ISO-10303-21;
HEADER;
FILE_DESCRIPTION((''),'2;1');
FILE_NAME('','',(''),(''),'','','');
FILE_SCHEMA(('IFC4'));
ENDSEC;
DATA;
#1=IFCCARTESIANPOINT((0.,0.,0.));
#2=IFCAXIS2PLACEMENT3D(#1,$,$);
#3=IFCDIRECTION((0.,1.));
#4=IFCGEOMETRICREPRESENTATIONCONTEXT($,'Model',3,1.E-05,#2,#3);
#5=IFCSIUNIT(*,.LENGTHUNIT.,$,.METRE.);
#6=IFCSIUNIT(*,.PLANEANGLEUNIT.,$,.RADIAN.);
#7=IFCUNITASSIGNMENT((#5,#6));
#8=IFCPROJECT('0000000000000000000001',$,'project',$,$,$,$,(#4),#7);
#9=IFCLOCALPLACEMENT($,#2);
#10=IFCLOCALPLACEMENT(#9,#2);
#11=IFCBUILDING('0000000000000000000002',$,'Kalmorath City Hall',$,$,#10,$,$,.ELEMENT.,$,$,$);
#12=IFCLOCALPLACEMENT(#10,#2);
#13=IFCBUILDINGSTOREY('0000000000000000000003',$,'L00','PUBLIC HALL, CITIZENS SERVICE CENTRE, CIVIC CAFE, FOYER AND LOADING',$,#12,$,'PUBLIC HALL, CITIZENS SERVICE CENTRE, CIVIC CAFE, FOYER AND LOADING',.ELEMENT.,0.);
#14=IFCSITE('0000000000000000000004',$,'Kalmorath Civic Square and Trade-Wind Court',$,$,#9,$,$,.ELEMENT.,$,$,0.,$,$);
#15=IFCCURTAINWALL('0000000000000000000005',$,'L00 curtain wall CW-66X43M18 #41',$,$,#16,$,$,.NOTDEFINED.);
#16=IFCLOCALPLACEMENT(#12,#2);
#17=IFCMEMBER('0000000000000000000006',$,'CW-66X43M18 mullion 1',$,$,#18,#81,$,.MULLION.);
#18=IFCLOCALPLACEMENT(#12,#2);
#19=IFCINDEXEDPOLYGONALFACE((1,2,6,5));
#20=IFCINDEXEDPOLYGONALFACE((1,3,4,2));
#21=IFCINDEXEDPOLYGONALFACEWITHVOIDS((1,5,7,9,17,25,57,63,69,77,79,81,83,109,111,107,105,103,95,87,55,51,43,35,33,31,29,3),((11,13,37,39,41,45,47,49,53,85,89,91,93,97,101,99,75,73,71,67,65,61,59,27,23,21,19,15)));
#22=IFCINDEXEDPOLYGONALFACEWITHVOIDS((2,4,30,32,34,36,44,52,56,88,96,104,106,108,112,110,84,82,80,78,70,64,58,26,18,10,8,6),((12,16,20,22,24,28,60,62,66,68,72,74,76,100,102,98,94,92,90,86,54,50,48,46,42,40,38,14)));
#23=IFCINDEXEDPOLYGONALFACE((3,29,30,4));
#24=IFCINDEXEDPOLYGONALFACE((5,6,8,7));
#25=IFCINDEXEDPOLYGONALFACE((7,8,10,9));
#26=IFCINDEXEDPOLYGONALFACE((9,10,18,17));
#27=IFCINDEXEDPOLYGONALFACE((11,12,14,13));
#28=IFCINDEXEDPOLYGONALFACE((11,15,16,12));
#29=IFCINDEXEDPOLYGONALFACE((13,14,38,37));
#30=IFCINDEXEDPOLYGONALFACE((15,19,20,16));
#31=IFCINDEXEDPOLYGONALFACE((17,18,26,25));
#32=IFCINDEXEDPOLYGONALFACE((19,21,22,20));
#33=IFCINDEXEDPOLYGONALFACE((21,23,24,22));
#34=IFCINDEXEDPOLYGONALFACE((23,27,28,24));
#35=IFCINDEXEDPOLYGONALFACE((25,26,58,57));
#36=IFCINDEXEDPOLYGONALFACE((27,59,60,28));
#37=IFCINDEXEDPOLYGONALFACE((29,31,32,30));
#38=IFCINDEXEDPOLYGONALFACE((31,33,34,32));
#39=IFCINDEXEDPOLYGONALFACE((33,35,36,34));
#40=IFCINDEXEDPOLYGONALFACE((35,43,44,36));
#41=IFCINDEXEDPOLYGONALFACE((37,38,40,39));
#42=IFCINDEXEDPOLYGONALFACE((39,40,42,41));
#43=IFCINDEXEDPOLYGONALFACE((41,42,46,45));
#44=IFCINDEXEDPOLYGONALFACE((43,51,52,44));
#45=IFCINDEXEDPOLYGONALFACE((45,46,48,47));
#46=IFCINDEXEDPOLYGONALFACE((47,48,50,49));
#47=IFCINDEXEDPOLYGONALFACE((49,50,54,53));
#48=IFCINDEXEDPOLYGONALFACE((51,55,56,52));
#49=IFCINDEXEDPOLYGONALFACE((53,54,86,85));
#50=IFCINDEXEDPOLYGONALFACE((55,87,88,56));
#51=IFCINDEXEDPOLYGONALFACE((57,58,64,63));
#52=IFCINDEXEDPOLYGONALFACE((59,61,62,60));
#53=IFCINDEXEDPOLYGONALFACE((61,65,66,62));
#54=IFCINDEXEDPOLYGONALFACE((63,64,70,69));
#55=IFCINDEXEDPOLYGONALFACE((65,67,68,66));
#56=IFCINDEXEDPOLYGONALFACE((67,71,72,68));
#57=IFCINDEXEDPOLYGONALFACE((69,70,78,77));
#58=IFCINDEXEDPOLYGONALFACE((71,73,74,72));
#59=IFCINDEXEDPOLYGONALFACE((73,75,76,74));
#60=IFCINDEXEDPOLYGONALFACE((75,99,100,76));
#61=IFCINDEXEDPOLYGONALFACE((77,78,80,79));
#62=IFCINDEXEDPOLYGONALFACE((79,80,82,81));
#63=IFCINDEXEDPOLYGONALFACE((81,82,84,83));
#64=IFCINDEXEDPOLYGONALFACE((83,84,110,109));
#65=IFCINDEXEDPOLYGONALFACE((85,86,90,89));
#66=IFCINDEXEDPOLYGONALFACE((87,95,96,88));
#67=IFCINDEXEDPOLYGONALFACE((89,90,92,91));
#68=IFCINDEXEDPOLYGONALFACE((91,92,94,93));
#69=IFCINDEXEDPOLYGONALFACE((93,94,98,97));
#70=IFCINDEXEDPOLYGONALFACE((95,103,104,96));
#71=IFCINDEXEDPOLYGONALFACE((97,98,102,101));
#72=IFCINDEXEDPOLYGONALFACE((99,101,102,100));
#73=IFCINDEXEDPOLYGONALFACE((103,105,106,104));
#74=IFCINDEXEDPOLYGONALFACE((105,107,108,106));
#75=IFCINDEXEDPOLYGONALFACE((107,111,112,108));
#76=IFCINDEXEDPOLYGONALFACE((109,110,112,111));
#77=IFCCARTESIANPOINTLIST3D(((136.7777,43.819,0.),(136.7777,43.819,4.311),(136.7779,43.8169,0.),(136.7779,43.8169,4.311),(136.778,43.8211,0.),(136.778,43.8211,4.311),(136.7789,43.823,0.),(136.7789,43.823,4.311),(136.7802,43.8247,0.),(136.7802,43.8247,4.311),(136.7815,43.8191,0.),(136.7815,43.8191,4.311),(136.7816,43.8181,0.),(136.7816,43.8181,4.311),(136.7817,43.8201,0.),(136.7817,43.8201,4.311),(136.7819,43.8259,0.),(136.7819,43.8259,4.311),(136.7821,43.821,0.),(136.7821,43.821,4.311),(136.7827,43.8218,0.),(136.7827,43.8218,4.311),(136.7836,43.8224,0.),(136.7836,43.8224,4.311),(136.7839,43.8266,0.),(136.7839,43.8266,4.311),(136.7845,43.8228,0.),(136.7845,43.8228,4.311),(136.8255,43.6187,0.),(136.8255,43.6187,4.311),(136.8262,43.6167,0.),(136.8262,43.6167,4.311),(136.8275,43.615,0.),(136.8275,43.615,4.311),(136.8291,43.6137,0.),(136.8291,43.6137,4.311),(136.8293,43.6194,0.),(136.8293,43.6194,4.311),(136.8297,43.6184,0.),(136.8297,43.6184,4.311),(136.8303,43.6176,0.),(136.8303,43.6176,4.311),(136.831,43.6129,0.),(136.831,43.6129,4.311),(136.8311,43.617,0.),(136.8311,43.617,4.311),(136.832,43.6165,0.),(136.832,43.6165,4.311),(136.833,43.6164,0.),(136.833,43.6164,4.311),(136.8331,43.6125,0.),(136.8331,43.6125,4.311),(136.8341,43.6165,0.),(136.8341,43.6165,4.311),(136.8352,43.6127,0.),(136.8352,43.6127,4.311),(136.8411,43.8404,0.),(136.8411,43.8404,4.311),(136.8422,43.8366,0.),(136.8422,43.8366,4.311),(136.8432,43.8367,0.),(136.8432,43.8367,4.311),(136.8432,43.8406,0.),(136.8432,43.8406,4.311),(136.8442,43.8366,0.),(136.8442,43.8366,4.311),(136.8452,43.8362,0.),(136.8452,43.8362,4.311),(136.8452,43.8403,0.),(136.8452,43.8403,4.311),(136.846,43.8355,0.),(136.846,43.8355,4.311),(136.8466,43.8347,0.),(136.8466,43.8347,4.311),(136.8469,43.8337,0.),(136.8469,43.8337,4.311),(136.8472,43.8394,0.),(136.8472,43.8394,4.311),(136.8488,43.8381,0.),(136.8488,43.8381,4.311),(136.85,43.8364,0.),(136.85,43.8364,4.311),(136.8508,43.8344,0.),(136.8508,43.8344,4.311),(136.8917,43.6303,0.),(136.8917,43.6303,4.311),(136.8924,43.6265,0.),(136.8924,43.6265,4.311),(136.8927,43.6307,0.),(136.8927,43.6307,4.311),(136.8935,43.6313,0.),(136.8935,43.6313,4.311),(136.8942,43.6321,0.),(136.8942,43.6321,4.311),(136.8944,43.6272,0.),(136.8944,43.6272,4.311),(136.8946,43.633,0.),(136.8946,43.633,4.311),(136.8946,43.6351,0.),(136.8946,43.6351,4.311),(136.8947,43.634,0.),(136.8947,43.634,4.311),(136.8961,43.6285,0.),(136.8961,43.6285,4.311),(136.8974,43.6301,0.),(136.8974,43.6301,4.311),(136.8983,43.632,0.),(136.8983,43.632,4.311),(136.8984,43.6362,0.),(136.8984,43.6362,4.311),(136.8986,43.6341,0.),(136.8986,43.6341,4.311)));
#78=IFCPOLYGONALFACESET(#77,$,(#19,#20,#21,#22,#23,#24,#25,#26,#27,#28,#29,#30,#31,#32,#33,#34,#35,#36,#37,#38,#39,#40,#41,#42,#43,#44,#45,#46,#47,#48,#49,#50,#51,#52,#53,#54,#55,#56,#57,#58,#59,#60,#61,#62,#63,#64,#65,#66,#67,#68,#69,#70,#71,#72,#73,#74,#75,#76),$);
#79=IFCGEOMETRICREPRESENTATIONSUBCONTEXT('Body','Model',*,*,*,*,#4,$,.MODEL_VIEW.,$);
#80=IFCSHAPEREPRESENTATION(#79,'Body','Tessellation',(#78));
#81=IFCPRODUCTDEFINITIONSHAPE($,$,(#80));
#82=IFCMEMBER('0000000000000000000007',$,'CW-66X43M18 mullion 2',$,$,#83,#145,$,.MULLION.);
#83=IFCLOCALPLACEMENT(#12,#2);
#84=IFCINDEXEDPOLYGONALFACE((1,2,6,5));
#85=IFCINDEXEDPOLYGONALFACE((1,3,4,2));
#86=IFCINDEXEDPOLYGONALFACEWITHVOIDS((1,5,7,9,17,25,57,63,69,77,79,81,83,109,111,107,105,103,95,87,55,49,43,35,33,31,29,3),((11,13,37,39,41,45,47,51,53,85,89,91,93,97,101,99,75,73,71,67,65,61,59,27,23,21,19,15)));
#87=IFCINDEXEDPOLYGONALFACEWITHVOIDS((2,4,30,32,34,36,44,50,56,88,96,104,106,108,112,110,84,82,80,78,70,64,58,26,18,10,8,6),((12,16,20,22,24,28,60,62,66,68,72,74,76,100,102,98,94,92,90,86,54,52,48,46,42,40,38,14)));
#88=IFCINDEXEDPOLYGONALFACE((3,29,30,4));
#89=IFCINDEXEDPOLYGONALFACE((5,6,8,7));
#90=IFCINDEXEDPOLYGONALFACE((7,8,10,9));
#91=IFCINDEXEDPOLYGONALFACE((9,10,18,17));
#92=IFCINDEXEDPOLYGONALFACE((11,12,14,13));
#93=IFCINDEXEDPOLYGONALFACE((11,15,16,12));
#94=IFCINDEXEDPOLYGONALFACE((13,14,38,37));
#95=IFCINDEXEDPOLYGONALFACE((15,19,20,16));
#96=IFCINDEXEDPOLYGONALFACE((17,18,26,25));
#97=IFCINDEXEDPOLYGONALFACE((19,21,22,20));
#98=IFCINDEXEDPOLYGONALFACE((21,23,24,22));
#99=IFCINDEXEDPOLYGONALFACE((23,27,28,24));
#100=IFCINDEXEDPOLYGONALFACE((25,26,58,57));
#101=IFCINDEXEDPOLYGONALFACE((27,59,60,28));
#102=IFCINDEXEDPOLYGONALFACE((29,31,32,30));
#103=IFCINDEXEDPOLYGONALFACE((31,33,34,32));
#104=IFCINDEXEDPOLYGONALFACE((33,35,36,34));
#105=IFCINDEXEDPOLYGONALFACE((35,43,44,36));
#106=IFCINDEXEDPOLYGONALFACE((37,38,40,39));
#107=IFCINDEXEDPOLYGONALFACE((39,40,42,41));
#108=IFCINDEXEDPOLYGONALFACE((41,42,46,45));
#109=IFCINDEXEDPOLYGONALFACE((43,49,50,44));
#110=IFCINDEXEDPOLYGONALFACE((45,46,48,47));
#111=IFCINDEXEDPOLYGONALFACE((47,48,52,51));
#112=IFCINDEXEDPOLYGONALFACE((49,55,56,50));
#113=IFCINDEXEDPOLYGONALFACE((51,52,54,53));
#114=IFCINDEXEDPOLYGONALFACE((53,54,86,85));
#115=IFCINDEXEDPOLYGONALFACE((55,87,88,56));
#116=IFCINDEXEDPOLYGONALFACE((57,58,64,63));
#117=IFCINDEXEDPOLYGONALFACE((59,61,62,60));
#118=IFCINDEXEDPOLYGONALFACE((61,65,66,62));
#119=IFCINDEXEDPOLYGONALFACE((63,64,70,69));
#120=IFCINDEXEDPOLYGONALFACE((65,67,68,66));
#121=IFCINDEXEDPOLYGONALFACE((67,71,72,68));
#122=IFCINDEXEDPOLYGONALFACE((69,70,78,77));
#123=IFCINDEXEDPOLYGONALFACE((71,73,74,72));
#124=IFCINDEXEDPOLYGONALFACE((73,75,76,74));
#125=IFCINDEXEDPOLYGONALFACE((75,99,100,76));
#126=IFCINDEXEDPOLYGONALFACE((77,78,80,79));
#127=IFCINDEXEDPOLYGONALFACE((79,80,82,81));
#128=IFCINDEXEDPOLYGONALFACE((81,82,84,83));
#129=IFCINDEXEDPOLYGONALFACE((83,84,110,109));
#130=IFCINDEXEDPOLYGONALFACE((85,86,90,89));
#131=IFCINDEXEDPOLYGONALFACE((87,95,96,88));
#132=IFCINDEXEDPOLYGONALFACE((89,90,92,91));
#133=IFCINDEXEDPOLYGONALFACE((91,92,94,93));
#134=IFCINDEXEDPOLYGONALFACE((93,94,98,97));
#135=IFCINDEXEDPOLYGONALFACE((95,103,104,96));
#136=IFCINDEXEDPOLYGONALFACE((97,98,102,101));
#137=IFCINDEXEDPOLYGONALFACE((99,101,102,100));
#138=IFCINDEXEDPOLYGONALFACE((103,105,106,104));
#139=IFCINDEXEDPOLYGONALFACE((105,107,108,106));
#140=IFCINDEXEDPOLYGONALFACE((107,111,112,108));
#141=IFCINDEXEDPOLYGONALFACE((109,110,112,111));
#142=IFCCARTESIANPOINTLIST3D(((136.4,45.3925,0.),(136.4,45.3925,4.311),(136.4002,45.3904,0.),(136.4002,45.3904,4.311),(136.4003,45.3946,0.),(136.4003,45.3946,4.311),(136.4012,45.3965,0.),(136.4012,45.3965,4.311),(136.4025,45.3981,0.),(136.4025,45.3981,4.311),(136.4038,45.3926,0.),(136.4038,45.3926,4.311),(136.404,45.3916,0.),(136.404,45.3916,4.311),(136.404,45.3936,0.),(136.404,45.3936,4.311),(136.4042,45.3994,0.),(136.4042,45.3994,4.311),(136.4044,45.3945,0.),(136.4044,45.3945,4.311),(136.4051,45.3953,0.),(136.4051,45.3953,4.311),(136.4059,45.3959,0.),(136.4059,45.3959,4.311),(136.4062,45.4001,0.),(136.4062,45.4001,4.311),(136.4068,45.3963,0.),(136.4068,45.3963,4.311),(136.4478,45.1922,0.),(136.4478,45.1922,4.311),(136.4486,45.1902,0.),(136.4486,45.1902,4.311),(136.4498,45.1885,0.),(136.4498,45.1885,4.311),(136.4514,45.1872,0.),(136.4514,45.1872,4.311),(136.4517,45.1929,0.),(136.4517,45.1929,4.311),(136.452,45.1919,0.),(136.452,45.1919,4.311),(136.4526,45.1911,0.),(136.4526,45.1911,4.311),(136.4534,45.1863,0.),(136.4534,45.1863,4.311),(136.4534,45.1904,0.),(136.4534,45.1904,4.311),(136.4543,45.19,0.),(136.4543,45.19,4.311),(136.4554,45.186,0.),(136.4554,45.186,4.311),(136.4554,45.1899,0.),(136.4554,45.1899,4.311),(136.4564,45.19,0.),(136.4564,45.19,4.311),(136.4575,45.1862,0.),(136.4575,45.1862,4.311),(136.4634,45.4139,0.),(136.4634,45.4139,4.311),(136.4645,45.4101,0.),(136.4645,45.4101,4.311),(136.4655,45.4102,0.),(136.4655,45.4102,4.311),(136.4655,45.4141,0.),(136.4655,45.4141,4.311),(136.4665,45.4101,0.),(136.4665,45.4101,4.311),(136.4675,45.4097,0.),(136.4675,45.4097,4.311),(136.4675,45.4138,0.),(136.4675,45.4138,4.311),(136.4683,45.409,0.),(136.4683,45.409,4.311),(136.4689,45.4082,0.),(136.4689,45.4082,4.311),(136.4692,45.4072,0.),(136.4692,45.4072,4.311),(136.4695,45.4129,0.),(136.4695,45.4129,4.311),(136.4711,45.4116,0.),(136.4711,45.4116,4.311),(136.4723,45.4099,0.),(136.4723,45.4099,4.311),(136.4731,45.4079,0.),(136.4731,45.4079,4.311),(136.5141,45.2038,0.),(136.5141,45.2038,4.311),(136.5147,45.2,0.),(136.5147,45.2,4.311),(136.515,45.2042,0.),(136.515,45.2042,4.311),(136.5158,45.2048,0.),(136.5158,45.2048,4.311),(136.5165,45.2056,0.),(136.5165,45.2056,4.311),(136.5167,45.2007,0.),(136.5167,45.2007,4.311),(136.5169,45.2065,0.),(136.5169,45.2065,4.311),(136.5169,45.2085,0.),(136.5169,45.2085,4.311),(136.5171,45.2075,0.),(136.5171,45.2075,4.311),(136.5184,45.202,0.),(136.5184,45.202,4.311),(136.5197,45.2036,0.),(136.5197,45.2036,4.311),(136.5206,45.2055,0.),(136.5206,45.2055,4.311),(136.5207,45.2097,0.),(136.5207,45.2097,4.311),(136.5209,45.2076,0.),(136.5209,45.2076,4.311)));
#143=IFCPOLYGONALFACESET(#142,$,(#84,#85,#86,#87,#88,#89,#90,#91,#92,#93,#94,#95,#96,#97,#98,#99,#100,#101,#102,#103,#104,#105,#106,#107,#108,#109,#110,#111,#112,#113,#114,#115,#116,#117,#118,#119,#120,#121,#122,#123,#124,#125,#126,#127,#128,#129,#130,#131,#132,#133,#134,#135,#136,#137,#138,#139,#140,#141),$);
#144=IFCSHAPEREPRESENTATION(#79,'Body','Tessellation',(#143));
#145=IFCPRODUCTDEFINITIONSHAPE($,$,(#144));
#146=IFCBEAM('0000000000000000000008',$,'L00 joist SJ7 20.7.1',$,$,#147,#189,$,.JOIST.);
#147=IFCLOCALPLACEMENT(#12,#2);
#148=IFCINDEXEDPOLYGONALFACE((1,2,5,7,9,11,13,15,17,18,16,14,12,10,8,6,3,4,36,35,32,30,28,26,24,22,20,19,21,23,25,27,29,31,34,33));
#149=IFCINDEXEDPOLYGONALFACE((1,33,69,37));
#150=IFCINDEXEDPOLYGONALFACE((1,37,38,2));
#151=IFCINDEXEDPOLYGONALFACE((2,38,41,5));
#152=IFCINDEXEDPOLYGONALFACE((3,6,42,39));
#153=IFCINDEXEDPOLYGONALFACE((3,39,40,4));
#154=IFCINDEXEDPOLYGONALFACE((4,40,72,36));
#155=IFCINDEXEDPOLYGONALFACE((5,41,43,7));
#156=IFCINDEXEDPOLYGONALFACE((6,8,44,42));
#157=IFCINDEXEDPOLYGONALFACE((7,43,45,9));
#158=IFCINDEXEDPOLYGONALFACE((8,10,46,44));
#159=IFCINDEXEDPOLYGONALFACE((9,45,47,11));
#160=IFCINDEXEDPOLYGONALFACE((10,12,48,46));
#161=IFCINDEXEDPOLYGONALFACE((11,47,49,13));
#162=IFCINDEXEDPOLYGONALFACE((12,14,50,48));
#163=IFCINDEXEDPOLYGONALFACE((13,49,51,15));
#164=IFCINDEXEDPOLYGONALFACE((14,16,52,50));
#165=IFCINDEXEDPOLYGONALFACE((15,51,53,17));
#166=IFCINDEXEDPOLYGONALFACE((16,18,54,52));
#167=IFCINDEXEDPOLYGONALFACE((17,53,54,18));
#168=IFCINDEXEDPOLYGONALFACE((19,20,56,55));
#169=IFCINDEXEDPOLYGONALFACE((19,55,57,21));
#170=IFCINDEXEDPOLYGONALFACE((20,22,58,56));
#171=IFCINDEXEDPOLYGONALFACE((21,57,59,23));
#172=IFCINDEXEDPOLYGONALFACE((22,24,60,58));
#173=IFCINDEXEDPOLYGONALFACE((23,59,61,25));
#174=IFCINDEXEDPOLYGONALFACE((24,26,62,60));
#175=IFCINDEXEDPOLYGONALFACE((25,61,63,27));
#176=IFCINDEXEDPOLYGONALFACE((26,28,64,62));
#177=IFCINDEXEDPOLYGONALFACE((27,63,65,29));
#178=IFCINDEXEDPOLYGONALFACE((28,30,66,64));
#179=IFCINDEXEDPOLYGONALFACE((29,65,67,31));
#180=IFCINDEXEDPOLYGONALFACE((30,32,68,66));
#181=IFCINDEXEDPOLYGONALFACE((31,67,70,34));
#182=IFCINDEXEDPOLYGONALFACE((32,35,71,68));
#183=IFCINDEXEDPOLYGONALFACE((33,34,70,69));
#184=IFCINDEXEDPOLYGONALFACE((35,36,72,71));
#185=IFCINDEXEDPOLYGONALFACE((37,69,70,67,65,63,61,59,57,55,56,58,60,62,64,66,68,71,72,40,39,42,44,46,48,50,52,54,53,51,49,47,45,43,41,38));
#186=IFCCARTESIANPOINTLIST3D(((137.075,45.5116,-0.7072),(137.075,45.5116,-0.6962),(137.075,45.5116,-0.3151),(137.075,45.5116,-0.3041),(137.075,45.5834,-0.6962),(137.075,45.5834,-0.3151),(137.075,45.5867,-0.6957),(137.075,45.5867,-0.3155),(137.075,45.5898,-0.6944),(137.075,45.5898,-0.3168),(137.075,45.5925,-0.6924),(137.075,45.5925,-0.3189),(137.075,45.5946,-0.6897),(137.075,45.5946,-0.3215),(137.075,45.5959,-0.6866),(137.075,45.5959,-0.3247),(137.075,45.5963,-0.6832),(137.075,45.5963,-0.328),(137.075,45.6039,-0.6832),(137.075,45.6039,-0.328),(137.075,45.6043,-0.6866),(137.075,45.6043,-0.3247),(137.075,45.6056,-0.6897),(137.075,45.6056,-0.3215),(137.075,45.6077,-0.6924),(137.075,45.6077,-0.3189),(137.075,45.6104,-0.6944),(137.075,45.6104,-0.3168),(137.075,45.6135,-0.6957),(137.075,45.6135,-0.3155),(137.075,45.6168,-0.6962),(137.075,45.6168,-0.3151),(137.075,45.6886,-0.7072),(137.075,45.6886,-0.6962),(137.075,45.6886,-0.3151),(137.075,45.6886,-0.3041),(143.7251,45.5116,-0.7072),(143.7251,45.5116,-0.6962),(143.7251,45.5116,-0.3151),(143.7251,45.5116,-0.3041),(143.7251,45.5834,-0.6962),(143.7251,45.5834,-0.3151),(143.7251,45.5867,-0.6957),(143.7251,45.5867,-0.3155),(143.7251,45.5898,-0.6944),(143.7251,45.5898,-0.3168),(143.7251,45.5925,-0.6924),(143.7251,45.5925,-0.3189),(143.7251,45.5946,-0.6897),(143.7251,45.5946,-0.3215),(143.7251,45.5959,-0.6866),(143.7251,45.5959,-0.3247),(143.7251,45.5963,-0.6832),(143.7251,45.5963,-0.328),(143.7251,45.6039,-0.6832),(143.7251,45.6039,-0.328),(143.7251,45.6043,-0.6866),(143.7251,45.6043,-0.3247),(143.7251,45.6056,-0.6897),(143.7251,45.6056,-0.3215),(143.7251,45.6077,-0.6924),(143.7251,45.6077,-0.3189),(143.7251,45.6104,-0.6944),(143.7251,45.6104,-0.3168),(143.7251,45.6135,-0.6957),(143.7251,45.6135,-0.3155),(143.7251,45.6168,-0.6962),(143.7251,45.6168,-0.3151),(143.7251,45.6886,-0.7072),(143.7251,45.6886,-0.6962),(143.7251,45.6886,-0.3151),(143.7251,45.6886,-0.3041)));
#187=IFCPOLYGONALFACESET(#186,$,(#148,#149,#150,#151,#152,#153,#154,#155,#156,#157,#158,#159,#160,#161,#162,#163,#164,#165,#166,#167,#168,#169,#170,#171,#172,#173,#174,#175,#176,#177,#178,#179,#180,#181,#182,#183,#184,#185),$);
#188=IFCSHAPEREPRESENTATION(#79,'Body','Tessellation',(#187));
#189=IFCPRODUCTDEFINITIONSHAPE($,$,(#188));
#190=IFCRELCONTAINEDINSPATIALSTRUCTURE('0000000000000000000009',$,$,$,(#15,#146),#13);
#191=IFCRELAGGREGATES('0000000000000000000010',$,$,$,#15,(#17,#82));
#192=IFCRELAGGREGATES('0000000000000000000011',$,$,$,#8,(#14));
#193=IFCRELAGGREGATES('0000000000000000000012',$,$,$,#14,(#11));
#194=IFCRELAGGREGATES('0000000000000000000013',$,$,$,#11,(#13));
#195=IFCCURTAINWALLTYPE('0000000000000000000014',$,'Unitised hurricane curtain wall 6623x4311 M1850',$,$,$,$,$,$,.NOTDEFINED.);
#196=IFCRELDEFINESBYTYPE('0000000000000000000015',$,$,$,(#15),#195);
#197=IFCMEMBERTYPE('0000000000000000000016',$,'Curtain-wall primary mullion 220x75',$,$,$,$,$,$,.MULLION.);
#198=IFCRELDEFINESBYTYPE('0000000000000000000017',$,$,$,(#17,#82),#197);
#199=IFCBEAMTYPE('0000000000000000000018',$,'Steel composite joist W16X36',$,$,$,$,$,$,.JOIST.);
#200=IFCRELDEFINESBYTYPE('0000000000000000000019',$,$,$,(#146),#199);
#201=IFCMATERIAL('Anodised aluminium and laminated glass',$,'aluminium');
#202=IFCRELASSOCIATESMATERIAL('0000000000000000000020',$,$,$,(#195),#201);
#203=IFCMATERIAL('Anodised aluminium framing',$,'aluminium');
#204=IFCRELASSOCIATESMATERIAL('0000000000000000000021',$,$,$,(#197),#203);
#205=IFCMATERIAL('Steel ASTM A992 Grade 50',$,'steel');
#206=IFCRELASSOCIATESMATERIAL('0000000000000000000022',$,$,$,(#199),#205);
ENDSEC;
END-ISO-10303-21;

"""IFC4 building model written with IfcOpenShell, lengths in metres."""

from ifc_helpers import new_model, si_unit, direction, frame, origin, origin_2d, place, context, subcontext, project, spatial, hollow_rectangle, i_section, extrude, material, material_profile, profile_set, type_object, element, aggregate, save


model = new_model("IFC4")

# Units and contexts
model_context = context("Model", 3, precision=1e-05, world=origin(), true_north=direction((0.0, 1.0)))
body_context = subcontext(model_context, "Body", "Model", "MODEL_VIEW")
ifc_project = project(units=[si_unit("LENGTHUNIT", "METRE"), si_unit("PLANEANGLEUNIT", "RADIAN")], contexts=[model_context])

# Site, building, storey
site_placement = place(None, origin())
site = spatial("IfcSite", under=ifc_project, at=site_placement, Name="Kalmorath Civic Square and Trade-Wind Court", CompositionType="ELEMENT", RefElevation=0.0)
building_placement = place(site_placement, origin())
building = spatial("IfcBuilding", under=site, at=building_placement, Name="Kalmorath City Hall", CompositionType="ELEMENT")
storey_placement = place(building_placement, origin())
storey = spatial("IfcBuildingStorey", under=building, at=storey_placement, Name="L00", Description="PUBLIC HALL, CITIZENS SERVICE CENTRE, CIVIC CAFE, FOYER AND LOADING", LongName="PUBLIC HALL, CITIZENS SERVICE CENTRE, CIVIC CAFE, FOYER AND LOADING", CompositionType="ELEMENT", Elevation=0.0)

# Curtain wall
ifc_material_1 = material(Name="Anodised aluminium and laminated glass", Category="aluminium")
curtain_wall_type_1 = type_object("IfcCurtainWallType", Name="Unitised hurricane curtain wall 6623x4311 M1850", PredefinedType="NOTDEFINED", material=ifc_material_1)
curtain_wall_1_placement = place(storey_placement, origin())
curtain_wall_1 = element("IfcCurtainWall", 1, at=curtain_wall_1_placement, inside=storey, type_object=curtain_wall_type_1, Name="L00 curtain wall CW-66X43M18 #41", PredefinedType="NOTDEFINED")

# Members
ifc_material_2 = material(Name="Anodised aluminium framing", Category="aluminium")
ifc_material_profile_1 = material_profile(ifc_material_2, hollow_rectangle(XDim=0.075, YDim=0.22, WallThickness=0.0039, InnerFilletRadius=0.0039, OuterFilletRadius=0.0081, at=origin_2d()), Name="ALU-MUL-220X75X4")
ifc_profile_set_1 = profile_set([ifc_material_profile_1], Name="Anodised aluminium framing")
member_type_1 = type_object("IfcMemberType", Name="Curtain-wall primary mullion 220x75", PredefinedType="MULLION", material=ifc_profile_set_1)
member_1_placement = place(storey_placement, frame((136.8381, 43.7266, 0.0), z_axis=(0.0, 0.0, 1.0), x_axis=(-0.972367, -0.233459, 0.0)))
member_1 = element("IfcMember", 2, at=member_1_placement, type_object=member_type_1, Name="CW-66X43M18 mullion 1", PredefinedType="MULLION", context=body_context, shape_type="SweptSolid", body=[
    extrude(hollow_rectangle(XDim=0.075, YDim=0.22, WallThickness=0.0039, InnerFilletRadius=0.0039, OuterFilletRadius=0.0081, at=origin_2d()), origin(), (0.0, 0.0, 1.0), 4.311),
])
member_2_placement = place(storey_placement, frame((136.4604, 45.3, 0.0), z_axis=(0.0, 0.0, 1.0), x_axis=(-0.972367, -0.233459, 0.0)))
member_2 = element("IfcMember", 3, at=member_2_placement, type_object=member_type_1, Name="CW-66X43M18 mullion 2", PredefinedType="MULLION", context=body_context, shape_type="SweptSolid", body=[
    extrude(hollow_rectangle(XDim=0.075, YDim=0.22, WallThickness=0.0039, InnerFilletRadius=0.0039, OuterFilletRadius=0.0081, at=origin_2d()), origin(), (0.0, 0.0, 1.0), 4.311),
])

# Beam
ifc_material_3 = material(Name="Steel ASTM A992 Grade 50", Category="steel")
ifc_material_profile_2 = material_profile(ifc_material_3, i_section(OverallWidth=0.177, OverallDepth=0.4031, WebThickness=0.0076, FlangeThickness=0.011, FilletRadius=0.0129, at=origin_2d()), Name="W16X36")
ifc_profile_set_2 = profile_set([ifc_material_profile_2], Name="Steel ASTM A992 Grade 50")
beam_type_1 = type_object("IfcBeamType", Name="Steel composite joist W16X36", PredefinedType="JOIST", material=ifc_profile_set_2)
beam_1_placement = place(storey_placement, frame((137.075, 45.6001, -0.5056), z_axis=(1.0, 0.0, 0.0), x_axis=(0.0, 1.0, 0.0)))
element("IfcBeam", 4, at=beam_1_placement, inside=storey, type_object=beam_type_1, Name="L00 joist SJ7 20.7.1", PredefinedType="JOIST", context=body_context, shape_type="SweptSolid", body=[
    extrude(i_section(OverallWidth=0.177, OverallDepth=0.4031, WebThickness=0.0076, FlangeThickness=0.011, FilletRadius=0.0129, at=origin_2d()), origin(), (0.0, 0.0, 1.0), 6.6501),
])

aggregate(curtain_wall_1, [member_1, member_2])

save(model, "model.ifc")
